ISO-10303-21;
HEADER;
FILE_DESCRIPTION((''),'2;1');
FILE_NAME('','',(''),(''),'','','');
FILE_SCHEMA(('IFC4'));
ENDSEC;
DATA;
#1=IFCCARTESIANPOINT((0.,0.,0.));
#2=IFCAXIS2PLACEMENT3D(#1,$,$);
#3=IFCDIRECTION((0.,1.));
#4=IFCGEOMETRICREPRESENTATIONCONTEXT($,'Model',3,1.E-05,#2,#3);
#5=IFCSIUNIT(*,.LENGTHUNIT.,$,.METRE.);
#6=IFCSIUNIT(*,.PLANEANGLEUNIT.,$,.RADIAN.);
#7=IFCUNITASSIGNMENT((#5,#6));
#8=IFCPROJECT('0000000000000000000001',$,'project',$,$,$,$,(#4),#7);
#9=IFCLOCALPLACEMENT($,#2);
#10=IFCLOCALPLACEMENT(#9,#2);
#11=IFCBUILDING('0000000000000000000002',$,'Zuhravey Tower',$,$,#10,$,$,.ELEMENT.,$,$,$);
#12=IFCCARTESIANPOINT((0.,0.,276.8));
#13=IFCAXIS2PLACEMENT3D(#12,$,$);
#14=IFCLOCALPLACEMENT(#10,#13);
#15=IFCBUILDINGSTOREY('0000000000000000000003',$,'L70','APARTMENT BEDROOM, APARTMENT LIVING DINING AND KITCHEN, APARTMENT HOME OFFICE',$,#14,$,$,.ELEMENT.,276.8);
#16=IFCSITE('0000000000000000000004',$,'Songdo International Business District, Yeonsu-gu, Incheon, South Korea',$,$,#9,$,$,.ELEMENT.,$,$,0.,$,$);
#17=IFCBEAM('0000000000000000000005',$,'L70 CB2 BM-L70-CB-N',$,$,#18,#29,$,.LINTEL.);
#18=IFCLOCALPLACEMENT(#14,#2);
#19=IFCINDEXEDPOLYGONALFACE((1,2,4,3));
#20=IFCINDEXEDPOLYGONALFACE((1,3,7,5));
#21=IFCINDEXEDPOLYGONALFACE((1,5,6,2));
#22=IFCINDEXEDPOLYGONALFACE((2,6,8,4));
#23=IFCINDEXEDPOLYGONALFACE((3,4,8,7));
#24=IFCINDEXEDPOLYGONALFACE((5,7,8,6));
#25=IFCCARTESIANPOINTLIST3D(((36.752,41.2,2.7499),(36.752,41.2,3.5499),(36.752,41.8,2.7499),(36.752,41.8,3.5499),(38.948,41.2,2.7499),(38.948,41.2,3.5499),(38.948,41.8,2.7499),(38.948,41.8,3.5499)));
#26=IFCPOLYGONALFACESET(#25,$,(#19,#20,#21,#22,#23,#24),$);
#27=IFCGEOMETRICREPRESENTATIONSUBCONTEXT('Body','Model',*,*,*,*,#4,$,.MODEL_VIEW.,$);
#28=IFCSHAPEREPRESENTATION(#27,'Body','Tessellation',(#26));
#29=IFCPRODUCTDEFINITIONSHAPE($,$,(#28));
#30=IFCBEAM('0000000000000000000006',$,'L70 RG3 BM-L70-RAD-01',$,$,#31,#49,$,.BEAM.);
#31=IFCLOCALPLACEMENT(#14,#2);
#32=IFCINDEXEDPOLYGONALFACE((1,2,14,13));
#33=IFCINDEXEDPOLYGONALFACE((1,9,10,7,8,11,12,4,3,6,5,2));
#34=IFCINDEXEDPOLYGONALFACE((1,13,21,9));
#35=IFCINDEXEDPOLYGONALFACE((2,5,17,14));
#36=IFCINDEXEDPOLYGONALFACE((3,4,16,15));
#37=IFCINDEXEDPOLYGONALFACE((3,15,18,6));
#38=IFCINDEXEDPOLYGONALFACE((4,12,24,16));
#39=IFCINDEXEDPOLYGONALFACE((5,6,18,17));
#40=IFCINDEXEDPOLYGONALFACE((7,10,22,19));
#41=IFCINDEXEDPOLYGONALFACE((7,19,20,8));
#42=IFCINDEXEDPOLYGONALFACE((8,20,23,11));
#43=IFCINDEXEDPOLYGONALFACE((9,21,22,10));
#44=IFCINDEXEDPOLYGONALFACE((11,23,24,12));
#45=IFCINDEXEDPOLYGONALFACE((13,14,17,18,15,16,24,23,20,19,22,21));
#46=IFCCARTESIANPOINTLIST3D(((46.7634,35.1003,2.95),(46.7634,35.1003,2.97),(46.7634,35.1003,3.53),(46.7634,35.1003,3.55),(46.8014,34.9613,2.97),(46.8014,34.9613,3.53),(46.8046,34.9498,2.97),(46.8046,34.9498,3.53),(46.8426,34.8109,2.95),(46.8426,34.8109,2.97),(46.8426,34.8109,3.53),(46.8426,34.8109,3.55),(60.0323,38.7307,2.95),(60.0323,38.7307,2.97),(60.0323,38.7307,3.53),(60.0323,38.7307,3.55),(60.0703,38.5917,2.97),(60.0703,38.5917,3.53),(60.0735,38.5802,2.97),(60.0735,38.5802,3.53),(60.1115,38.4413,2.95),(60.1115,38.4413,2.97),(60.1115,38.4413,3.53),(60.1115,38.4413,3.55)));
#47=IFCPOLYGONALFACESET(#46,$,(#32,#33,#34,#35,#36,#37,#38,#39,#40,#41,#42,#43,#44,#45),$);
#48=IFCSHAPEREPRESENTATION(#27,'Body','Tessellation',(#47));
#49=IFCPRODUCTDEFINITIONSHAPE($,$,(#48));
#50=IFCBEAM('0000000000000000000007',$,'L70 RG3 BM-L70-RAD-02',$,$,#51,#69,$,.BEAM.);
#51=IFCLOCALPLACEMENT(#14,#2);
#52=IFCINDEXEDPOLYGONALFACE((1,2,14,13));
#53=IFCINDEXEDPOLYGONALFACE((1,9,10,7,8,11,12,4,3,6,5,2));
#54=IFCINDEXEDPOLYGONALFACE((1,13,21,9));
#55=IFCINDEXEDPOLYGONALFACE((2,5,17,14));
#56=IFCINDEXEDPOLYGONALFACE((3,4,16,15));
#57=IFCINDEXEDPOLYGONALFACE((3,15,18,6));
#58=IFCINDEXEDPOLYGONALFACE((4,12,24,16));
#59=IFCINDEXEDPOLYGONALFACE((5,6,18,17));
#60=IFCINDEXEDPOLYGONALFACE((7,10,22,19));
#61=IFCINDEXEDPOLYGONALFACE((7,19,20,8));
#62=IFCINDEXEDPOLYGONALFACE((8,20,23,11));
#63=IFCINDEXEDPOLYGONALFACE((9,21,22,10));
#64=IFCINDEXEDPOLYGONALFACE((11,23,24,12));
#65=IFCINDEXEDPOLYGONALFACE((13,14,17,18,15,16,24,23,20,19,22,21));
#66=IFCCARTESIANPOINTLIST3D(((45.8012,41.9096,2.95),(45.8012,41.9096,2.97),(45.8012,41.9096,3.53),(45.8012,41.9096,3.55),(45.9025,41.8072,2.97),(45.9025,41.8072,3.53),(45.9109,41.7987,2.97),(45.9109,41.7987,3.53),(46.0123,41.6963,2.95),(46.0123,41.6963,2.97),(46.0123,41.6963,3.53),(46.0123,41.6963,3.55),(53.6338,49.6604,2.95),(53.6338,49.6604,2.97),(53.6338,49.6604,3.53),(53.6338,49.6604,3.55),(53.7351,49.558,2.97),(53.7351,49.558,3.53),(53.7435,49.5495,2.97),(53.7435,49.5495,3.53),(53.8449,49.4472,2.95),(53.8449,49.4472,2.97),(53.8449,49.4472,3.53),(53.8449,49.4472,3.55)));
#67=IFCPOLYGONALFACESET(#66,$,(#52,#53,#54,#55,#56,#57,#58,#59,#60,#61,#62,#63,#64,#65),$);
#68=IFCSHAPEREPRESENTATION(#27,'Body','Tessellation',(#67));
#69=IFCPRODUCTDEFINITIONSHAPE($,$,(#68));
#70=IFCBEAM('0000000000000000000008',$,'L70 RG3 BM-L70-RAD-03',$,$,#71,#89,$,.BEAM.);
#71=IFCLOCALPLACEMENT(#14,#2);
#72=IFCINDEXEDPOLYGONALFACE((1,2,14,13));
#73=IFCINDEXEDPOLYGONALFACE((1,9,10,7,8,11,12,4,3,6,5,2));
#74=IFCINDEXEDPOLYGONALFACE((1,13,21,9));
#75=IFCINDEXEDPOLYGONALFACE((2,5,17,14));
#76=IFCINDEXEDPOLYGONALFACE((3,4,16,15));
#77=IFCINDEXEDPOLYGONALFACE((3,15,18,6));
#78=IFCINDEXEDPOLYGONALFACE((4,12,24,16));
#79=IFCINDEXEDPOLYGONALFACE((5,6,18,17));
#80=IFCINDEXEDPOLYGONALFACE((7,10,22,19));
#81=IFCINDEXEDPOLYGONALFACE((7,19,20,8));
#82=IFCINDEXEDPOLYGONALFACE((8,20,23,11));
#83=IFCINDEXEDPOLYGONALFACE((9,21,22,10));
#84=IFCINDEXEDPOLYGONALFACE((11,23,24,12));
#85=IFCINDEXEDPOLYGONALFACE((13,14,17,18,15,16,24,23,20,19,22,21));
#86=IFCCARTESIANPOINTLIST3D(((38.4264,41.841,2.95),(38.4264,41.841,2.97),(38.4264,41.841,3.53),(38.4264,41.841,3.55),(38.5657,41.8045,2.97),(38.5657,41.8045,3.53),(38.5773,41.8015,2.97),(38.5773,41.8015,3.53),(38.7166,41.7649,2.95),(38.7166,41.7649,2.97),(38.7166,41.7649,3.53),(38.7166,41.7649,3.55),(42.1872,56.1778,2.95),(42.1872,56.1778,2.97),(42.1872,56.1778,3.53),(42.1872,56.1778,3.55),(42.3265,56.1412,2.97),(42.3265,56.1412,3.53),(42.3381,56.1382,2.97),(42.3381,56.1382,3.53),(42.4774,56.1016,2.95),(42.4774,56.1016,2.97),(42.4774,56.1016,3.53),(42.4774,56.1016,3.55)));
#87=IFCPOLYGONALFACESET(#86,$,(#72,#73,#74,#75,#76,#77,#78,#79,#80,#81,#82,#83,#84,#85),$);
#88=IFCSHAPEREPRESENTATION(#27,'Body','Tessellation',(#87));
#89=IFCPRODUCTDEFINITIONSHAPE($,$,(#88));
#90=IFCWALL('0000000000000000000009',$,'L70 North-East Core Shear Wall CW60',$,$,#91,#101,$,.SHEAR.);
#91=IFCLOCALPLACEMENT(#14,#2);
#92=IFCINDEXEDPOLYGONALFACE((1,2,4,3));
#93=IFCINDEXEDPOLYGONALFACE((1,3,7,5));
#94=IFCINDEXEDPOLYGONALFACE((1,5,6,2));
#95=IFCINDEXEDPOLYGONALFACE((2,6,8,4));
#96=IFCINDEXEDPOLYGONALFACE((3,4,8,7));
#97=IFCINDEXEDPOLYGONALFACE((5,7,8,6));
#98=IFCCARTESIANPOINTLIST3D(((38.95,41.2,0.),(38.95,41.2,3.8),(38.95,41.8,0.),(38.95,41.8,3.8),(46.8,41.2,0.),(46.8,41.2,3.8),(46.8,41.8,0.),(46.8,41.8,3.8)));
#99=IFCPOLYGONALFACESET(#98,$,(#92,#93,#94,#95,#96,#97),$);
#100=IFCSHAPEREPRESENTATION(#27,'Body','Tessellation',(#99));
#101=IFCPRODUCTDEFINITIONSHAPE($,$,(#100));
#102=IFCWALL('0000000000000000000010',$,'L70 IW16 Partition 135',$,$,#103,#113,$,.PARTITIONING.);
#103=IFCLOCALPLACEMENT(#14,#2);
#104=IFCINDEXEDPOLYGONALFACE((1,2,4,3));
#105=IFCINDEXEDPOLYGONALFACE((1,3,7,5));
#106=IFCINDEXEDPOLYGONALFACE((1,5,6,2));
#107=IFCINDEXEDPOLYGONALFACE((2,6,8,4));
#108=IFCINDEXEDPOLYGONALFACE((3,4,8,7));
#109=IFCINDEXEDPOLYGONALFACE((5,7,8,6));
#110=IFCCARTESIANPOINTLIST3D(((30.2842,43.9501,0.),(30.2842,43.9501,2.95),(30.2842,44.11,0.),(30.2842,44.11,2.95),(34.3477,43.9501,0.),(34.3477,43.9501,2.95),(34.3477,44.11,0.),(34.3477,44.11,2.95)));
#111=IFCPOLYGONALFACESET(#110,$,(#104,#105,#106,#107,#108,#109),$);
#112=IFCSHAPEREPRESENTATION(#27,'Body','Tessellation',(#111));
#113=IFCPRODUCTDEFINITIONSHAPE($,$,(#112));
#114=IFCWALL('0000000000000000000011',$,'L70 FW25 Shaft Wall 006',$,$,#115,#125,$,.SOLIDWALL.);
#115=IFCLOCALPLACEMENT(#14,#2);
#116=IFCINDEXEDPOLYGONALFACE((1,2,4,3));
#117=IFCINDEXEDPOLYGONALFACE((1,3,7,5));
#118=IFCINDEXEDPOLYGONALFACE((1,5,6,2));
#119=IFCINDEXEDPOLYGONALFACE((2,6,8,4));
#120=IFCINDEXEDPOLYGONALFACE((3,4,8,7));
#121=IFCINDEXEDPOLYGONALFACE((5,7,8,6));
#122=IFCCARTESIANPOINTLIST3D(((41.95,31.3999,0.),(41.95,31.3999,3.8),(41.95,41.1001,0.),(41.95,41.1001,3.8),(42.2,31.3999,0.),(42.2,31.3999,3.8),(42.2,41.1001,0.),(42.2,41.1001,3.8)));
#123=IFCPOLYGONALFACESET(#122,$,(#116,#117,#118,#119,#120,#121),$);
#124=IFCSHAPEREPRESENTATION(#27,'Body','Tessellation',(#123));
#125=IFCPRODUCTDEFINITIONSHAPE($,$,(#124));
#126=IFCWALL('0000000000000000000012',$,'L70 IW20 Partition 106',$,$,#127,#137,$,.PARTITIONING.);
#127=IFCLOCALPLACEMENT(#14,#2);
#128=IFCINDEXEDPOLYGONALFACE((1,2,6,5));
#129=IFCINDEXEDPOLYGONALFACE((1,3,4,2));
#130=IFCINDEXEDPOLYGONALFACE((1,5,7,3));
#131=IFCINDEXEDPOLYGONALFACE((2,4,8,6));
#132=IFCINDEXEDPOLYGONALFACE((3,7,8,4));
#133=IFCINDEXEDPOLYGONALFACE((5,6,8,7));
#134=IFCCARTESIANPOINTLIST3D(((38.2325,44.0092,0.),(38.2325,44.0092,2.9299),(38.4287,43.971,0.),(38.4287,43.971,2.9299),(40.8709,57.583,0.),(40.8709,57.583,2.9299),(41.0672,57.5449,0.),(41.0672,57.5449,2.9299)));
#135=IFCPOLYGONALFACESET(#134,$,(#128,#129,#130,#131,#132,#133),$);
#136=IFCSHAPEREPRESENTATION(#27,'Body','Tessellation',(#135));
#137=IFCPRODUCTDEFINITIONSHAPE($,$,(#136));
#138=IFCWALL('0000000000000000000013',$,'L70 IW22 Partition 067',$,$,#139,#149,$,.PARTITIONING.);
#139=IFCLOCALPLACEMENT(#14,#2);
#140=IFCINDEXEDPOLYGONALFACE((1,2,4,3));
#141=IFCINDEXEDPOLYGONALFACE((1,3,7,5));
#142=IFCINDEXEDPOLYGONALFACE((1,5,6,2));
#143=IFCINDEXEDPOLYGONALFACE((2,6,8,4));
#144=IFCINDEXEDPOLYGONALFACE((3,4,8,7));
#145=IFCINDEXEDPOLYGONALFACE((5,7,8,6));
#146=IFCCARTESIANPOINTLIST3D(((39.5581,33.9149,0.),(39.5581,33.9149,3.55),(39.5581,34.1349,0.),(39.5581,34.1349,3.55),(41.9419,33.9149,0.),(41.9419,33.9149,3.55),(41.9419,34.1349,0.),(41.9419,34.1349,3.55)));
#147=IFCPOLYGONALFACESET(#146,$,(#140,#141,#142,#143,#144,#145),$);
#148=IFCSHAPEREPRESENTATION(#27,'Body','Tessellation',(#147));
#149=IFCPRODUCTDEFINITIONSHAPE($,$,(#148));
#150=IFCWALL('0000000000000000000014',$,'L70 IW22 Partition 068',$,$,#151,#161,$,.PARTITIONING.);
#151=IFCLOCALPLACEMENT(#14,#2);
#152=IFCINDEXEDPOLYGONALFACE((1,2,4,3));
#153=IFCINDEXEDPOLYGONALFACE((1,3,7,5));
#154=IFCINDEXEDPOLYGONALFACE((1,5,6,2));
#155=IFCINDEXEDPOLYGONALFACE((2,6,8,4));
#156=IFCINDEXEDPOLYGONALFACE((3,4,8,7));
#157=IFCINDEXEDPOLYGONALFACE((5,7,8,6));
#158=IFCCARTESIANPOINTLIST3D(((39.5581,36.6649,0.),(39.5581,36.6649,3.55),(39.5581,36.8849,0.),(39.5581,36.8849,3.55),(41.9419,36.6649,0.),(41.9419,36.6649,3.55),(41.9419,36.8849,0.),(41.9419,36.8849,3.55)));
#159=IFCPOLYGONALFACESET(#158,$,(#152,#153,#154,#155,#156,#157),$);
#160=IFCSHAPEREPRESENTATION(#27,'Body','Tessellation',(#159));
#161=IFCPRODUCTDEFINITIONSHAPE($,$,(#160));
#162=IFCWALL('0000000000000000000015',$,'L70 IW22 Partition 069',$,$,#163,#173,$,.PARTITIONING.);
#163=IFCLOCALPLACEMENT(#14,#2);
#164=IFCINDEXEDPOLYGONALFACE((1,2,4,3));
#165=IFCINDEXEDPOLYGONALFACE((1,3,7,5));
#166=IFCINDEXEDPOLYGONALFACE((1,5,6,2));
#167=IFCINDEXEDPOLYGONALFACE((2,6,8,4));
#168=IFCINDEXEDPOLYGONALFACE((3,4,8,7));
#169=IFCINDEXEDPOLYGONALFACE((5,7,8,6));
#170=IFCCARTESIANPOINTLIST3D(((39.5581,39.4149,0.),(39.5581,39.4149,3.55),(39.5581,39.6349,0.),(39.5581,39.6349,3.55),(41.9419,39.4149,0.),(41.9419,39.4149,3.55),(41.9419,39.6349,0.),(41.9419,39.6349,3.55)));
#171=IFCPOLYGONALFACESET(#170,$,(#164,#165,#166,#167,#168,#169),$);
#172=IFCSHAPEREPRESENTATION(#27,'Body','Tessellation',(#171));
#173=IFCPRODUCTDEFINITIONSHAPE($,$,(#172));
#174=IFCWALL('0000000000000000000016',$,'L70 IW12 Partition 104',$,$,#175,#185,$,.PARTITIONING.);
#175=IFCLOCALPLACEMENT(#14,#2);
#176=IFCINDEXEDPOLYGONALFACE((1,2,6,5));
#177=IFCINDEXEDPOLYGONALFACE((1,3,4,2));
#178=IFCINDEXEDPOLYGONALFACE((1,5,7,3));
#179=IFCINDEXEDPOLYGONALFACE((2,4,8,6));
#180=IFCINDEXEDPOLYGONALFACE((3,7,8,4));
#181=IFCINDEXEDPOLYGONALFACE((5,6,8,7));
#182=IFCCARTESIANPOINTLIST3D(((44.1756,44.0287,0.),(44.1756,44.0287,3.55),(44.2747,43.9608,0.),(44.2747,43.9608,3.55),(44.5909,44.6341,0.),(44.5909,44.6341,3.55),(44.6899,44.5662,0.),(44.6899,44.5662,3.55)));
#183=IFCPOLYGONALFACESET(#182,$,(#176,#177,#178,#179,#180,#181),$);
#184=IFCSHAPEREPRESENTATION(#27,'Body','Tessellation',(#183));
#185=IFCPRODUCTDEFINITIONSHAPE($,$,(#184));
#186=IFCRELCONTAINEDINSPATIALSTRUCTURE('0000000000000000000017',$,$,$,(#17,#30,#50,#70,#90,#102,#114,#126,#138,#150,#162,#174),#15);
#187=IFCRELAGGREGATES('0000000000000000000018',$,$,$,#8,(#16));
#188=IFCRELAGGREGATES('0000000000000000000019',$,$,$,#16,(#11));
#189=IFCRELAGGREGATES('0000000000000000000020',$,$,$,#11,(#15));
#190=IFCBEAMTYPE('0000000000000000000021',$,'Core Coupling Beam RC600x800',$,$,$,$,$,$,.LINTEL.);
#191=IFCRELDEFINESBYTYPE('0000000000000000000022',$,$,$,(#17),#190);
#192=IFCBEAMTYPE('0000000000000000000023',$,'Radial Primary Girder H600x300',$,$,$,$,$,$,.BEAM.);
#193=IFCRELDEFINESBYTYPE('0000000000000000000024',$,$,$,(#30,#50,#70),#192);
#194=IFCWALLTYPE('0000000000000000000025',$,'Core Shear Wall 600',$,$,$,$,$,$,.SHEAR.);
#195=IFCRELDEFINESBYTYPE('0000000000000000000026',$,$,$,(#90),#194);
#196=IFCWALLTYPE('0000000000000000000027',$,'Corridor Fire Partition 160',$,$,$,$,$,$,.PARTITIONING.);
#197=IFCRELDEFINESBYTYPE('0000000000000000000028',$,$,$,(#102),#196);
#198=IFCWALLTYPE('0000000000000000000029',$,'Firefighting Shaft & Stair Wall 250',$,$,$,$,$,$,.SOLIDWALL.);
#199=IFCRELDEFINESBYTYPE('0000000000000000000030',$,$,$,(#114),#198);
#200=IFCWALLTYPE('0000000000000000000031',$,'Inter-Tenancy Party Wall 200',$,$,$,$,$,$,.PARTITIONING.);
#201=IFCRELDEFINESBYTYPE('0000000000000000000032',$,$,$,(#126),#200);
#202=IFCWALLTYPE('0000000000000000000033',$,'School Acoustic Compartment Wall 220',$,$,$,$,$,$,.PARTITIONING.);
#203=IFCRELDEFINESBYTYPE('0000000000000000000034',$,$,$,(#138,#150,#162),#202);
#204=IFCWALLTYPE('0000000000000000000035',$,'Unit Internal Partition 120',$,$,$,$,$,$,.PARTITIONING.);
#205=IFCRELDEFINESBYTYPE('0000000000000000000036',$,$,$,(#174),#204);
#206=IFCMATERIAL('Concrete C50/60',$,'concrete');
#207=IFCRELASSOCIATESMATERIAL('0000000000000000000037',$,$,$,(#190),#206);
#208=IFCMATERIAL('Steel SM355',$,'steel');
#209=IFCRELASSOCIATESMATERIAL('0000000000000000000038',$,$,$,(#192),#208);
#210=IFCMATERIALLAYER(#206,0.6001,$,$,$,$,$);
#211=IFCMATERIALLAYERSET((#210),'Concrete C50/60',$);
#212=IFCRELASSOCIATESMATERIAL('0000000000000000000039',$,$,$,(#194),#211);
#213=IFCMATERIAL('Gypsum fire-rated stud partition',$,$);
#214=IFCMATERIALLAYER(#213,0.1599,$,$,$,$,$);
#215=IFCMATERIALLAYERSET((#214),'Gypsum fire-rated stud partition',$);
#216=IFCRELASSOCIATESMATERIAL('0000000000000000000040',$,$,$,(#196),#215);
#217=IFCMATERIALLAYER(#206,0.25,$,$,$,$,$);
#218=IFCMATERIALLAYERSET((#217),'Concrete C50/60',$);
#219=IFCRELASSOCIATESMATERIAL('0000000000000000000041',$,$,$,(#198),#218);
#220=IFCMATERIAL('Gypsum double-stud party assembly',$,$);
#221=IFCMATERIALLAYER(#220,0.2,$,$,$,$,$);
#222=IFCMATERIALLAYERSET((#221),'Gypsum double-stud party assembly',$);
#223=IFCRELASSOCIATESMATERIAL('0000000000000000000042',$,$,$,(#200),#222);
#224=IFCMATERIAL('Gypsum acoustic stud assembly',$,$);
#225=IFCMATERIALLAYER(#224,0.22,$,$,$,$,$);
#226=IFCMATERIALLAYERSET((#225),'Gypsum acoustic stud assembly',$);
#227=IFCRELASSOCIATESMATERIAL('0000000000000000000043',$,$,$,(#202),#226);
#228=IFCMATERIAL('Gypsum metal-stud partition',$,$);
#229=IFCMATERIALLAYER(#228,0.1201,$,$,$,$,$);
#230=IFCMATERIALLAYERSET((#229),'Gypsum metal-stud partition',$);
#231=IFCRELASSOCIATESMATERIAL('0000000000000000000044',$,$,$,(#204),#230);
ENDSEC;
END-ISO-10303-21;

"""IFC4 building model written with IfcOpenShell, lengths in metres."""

from ifc_helpers import new_model, si_unit, direction, frame, frame_2d, origin, origin_2d, place, context, subcontext, project, spatial, rectangle, i_section, extrude, material, layer, layer_set, material_profile, profile_set, type_object, element, save


model = new_model("IFC4")

# Units and contexts
model_context = context("Model", 3, precision=1e-05, world=origin(), true_north=direction((0.0, 1.0)))
body_context = subcontext(model_context, "Body", "Model", "MODEL_VIEW")
ifc_project = project(units=[si_unit("LENGTHUNIT", "METRE"), si_unit("PLANEANGLEUNIT", "RADIAN")], contexts=[model_context])

# Site, building, storey
site_placement = place(None, origin())
site = spatial("IfcSite", under=ifc_project, at=site_placement, Name="Songdo International Business District, Yeonsu-gu, Incheon, South Korea", CompositionType="ELEMENT", RefElevation=0.0)
building_placement = place(site_placement, origin())
building = spatial("IfcBuilding", under=site, at=building_placement, Name="Zuhravey Tower", CompositionType="ELEMENT")
storey_placement = place(building_placement, frame((0.0, 0.0, 276.8)))
storey = spatial("IfcBuildingStorey", under=building, at=storey_placement, Name="L70", Description="APARTMENT BEDROOM, APARTMENT LIVING DINING AND KITCHEN, APARTMENT HOME OFFICE", CompositionType="ELEMENT", Elevation=276.8)

# Beams
ifc_material_1 = material(Name="Concrete C50/60", Category="concrete")
ifc_material_profile_1 = material_profile(ifc_material_1, rectangle(XDim=0.6001, YDim=0.8, at=origin_2d()), Name="RC-600x800")
ifc_profile_set_1 = profile_set([ifc_material_profile_1], Name="Concrete C50/60")
beam_type_1 = type_object("IfcBeamType", Name="Core Coupling Beam RC600x800", PredefinedType="LINTEL", material=ifc_profile_set_1)
beam_1_placement = place(storey_placement, frame((36.752, 41.5, 3.1499), z_axis=(1.0, 0.0, 0.0), x_axis=(0.0, 1.0, 0.0)))
element("IfcBeam", 1, at=beam_1_placement, inside=storey, type_object=beam_type_1, Name="L70 CB2 BM-L70-CB-N", PredefinedType="LINTEL", context=body_context, shape_type="SweptSolid", body=[
    extrude(rectangle(XDim=0.6001, YDim=0.8, at=origin_2d()), origin(), (0.0, 0.0, 1.0), 2.196),
])
ifc_material_2 = material(Name="Steel SM355", Category="steel")
ifc_material_profile_2 = material_profile(ifc_material_2, i_section(OverallWidth=0.3, OverallDepth=0.6001, WebThickness=0.012, FlangeThickness=0.02, at=origin_2d()), Name="H-600x300x12x20")
ifc_profile_set_2 = profile_set([ifc_material_profile_2], Name="Steel SM355")
beam_type_2 = type_object("IfcBeamType", Name="Radial Primary Girder H600x300", PredefinedType="BEAM", material=ifc_profile_set_2)
beam_2_placement = place(storey_placement, frame((46.803, 34.9556, 3.25), z_axis=(0.964549, 0.263903, 0.0), x_axis=(-0.263903, 0.964549, 0.0)))
element("IfcBeam", 2, at=beam_2_placement, inside=storey, type_object=beam_type_2, Name="L70 RG3 BM-L70-RAD-01", PredefinedType="BEAM", context=body_context, shape_type="SweptSolid", body=[
    extrude(i_section(OverallWidth=0.3, OverallDepth=0.6001, WebThickness=0.012, FlangeThickness=0.02, at=origin_2d()), origin(), (0.0, 0.0, 1.0), 13.7566),
])
beam_3_placement = place(storey_placement, frame((45.9067, 41.803, 3.25), z_axis=(0.710808, 0.703386, 0.0), x_axis=(-0.703386, 0.710808, 0.0)))
element("IfcBeam", 3, at=beam_3_placement, inside=storey, type_object=beam_type_2, Name="L70 RG3 BM-L70-RAD-02", PredefinedType="BEAM", context=body_context, shape_type="SweptSolid", body=[
    extrude(i_section(OverallWidth=0.3, OverallDepth=0.6001, WebThickness=0.012, FlangeThickness=0.02, at=origin_2d()), origin(), (0.0, 0.0, 1.0), 11.0193),
])
beam_4_placement = place(storey_placement, frame((38.5715, 41.803, 3.25), z_axis=(0.253732, 0.967275, 0.0), x_axis=(-0.967275, 0.253732, 0.0)))
element("IfcBeam", 4, at=beam_4_placement, inside=storey, type_object=beam_type_2, Name="L70 RG3 BM-L70-RAD-03", PredefinedType="BEAM", context=body_context, shape_type="SweptSolid", body=[
    extrude(i_section(OverallWidth=0.3, OverallDepth=0.6001, WebThickness=0.012, FlangeThickness=0.02, at=origin_2d()), origin(), (0.0, 0.0, 1.0), 14.8218),
])

# Wall
ifc_layer_1 = layer(ifc_material_1, 0.6001)
ifc_layer_set_1 = layer_set([ifc_layer_1], Name="Concrete C50/60")
wall_type_1 = type_object("IfcWallType", Name="Core Shear Wall 600", PredefinedType="SHEAR", material=ifc_layer_set_1)
wall_1_placement = place(storey_placement, frame((46.8, 41.5, 0.0), z_axis=(0.0, 0.0, 1.0), x_axis=(-1.0, 0.0, 0.0)))
element("IfcWall", 5, at=wall_1_placement, inside=storey, type_object=wall_type_1, Name="L70 North-East Core Shear Wall CW60", PredefinedType="SHEAR", context=body_context, shape_type="SweptSolid", body=[
    extrude(rectangle(XDim=7.8501, YDim=0.6001, at=frame_2d((3.925, 0.0))), origin(), (0.0, 0.0, 1.0), 3.8),
])

# Shared definitions
ifc_material_3 = material(Name="Gypsum fire-rated stud partition")
ifc_layer_2 = layer(ifc_material_3, 0.1599)
ifc_layer_set_2 = layer_set([ifc_layer_2], Name="Gypsum fire-rated stud partition")
wall_type_2 = type_object("IfcWallType", Name="Corridor Fire Partition 160", PredefinedType="PARTITIONING", material=ifc_layer_set_2)

# Wall
wall_2_placement = place(storey_placement, frame((34.3477, 44.03, 0.0), z_axis=(0.0, 0.0, 1.0), x_axis=(-1.0, 0.0, 0.0)))
element("IfcWall", 6, at=wall_2_placement, inside=storey, type_object=wall_type_2, Name="L70 IW16 Partition 135", PredefinedType="PARTITIONING", context=body_context, shape_type="SweptSolid", body=[
    extrude(rectangle(XDim=4.0635, YDim=0.1599, at=frame_2d((2.0317, 0.0))), origin(), (0.0, 0.0, 1.0), 2.95),
])

# Shared definitions
ifc_layer_3 = layer(ifc_material_1, 0.25)
ifc_layer_set_3 = layer_set([ifc_layer_3], Name="Concrete C50/60")
wall_type_3 = type_object("IfcWallType", Name="Firefighting Shaft & Stair Wall 250", PredefinedType="SOLIDWALL", material=ifc_layer_set_3)

# Walls
wall_3_placement = place(storey_placement, frame((42.075, 31.3999, 0.0), z_axis=(0.0, 0.0, 1.0), x_axis=(0.0, 1.0, 0.0)))
element("IfcWall", 7, at=wall_3_placement, inside=storey, type_object=wall_type_3, Name="L70 FW25 Shaft Wall 006", PredefinedType="SOLIDWALL", context=body_context, shape_type="SweptSolid", body=[
    extrude(rectangle(XDim=9.7002, YDim=0.25, at=frame_2d((4.8501, 0.0))), origin(), (0.0, 0.0, 1.0), 3.8),
])
ifc_material_4 = material(Name="Gypsum double-stud party assembly")
ifc_layer_4 = layer(ifc_material_4, 0.2)
ifc_layer_set_4 = layer_set([ifc_layer_4], Name="Gypsum double-stud party assembly")
wall_type_4 = type_object("IfcWallType", Name="Inter-Tenancy Party Wall 200", PredefinedType="PARTITIONING", material=ifc_layer_set_4)
wall_4_placement = place(storey_placement, frame((38.3306, 43.99, 0.0), z_axis=(0.0, 0.0, 1.0), x_axis=(0.190806, 0.981628, 0.0)))
element("IfcWall", 8, at=wall_4_placement, inside=storey, type_object=wall_type_4, Name="L70 IW20 Partition 106", PredefinedType="PARTITIONING", context=body_context, shape_type="SweptSolid", body=[
    extrude(rectangle(XDim=13.8279, YDim=0.2, at=frame_2d((6.9141, 0.0))), origin(), (0.0, 0.0, 1.0), 2.9299),
])
ifc_material_5 = material(Name="Gypsum acoustic stud assembly")
ifc_layer_5 = layer(ifc_material_5, 0.22)
ifc_layer_set_5 = layer_set([ifc_layer_5], Name="Gypsum acoustic stud assembly")
wall_type_5 = type_object("IfcWallType", Name="School Acoustic Compartment Wall 220", PredefinedType="PARTITIONING", material=ifc_layer_set_5)
for number, where, z_axis, x_axis, name in (
    (9, (39.5581, 34.0249, 0.0), (0.0, 0.0, 1.0), (1.0, 0.0, 0.0), "L70 IW22 Partition 067"),
    (10, (39.5581, 36.7749, 0.0), (0.0, 0.0, 1.0), (1.0, 0.0, 0.0), "L70 IW22 Partition 068"),
    (11, (39.5581, 39.5249, 0.0), (0.0, 0.0, 1.0), (1.0, 0.0, 0.0), "L70 IW22 Partition 069"),
):
    element("IfcWall", number, at=place(storey_placement, frame(where, z_axis=z_axis, x_axis=x_axis)), inside=storey, type_object=wall_type_5, Name=name, PredefinedType="PARTITIONING", context=body_context, shape_type="SweptSolid", body=[
        extrude(rectangle(XDim=2.3838, YDim=0.22, at=frame_2d((1.1919, 0.0))), origin(), (0.0, 0.0, 1.0), 3.55),
    ])
ifc_material_6 = material(Name="Gypsum metal-stud partition")
ifc_layer_6 = layer(ifc_material_6, 0.1201)
ifc_layer_set_6 = layer_set([ifc_layer_6], Name="Gypsum metal-stud partition")
wall_type_6 = type_object("IfcWallType", Name="Unit Internal Partition 120", PredefinedType="PARTITIONING", material=ifc_layer_set_6)
wall_5_placement = place(storey_placement, frame((44.2251, 43.9946, 0.0), z_axis=(0.0, 0.0, 1.0), x_axis=(0.565625, 0.824662, 0.0)))
element("IfcWall", 12, at=wall_5_placement, inside=storey, type_object=wall_type_6, Name="L70 IW12 Partition 104", PredefinedType="PARTITIONING", context=body_context, shape_type="SweptSolid", body=[
    extrude(rectangle(XDim=0.7341, YDim=0.1201, at=frame_2d((0.3672, 0.0))), origin(), (0.0, 0.0, 1.0), 3.55),
])

save(model, "model.ifc")
